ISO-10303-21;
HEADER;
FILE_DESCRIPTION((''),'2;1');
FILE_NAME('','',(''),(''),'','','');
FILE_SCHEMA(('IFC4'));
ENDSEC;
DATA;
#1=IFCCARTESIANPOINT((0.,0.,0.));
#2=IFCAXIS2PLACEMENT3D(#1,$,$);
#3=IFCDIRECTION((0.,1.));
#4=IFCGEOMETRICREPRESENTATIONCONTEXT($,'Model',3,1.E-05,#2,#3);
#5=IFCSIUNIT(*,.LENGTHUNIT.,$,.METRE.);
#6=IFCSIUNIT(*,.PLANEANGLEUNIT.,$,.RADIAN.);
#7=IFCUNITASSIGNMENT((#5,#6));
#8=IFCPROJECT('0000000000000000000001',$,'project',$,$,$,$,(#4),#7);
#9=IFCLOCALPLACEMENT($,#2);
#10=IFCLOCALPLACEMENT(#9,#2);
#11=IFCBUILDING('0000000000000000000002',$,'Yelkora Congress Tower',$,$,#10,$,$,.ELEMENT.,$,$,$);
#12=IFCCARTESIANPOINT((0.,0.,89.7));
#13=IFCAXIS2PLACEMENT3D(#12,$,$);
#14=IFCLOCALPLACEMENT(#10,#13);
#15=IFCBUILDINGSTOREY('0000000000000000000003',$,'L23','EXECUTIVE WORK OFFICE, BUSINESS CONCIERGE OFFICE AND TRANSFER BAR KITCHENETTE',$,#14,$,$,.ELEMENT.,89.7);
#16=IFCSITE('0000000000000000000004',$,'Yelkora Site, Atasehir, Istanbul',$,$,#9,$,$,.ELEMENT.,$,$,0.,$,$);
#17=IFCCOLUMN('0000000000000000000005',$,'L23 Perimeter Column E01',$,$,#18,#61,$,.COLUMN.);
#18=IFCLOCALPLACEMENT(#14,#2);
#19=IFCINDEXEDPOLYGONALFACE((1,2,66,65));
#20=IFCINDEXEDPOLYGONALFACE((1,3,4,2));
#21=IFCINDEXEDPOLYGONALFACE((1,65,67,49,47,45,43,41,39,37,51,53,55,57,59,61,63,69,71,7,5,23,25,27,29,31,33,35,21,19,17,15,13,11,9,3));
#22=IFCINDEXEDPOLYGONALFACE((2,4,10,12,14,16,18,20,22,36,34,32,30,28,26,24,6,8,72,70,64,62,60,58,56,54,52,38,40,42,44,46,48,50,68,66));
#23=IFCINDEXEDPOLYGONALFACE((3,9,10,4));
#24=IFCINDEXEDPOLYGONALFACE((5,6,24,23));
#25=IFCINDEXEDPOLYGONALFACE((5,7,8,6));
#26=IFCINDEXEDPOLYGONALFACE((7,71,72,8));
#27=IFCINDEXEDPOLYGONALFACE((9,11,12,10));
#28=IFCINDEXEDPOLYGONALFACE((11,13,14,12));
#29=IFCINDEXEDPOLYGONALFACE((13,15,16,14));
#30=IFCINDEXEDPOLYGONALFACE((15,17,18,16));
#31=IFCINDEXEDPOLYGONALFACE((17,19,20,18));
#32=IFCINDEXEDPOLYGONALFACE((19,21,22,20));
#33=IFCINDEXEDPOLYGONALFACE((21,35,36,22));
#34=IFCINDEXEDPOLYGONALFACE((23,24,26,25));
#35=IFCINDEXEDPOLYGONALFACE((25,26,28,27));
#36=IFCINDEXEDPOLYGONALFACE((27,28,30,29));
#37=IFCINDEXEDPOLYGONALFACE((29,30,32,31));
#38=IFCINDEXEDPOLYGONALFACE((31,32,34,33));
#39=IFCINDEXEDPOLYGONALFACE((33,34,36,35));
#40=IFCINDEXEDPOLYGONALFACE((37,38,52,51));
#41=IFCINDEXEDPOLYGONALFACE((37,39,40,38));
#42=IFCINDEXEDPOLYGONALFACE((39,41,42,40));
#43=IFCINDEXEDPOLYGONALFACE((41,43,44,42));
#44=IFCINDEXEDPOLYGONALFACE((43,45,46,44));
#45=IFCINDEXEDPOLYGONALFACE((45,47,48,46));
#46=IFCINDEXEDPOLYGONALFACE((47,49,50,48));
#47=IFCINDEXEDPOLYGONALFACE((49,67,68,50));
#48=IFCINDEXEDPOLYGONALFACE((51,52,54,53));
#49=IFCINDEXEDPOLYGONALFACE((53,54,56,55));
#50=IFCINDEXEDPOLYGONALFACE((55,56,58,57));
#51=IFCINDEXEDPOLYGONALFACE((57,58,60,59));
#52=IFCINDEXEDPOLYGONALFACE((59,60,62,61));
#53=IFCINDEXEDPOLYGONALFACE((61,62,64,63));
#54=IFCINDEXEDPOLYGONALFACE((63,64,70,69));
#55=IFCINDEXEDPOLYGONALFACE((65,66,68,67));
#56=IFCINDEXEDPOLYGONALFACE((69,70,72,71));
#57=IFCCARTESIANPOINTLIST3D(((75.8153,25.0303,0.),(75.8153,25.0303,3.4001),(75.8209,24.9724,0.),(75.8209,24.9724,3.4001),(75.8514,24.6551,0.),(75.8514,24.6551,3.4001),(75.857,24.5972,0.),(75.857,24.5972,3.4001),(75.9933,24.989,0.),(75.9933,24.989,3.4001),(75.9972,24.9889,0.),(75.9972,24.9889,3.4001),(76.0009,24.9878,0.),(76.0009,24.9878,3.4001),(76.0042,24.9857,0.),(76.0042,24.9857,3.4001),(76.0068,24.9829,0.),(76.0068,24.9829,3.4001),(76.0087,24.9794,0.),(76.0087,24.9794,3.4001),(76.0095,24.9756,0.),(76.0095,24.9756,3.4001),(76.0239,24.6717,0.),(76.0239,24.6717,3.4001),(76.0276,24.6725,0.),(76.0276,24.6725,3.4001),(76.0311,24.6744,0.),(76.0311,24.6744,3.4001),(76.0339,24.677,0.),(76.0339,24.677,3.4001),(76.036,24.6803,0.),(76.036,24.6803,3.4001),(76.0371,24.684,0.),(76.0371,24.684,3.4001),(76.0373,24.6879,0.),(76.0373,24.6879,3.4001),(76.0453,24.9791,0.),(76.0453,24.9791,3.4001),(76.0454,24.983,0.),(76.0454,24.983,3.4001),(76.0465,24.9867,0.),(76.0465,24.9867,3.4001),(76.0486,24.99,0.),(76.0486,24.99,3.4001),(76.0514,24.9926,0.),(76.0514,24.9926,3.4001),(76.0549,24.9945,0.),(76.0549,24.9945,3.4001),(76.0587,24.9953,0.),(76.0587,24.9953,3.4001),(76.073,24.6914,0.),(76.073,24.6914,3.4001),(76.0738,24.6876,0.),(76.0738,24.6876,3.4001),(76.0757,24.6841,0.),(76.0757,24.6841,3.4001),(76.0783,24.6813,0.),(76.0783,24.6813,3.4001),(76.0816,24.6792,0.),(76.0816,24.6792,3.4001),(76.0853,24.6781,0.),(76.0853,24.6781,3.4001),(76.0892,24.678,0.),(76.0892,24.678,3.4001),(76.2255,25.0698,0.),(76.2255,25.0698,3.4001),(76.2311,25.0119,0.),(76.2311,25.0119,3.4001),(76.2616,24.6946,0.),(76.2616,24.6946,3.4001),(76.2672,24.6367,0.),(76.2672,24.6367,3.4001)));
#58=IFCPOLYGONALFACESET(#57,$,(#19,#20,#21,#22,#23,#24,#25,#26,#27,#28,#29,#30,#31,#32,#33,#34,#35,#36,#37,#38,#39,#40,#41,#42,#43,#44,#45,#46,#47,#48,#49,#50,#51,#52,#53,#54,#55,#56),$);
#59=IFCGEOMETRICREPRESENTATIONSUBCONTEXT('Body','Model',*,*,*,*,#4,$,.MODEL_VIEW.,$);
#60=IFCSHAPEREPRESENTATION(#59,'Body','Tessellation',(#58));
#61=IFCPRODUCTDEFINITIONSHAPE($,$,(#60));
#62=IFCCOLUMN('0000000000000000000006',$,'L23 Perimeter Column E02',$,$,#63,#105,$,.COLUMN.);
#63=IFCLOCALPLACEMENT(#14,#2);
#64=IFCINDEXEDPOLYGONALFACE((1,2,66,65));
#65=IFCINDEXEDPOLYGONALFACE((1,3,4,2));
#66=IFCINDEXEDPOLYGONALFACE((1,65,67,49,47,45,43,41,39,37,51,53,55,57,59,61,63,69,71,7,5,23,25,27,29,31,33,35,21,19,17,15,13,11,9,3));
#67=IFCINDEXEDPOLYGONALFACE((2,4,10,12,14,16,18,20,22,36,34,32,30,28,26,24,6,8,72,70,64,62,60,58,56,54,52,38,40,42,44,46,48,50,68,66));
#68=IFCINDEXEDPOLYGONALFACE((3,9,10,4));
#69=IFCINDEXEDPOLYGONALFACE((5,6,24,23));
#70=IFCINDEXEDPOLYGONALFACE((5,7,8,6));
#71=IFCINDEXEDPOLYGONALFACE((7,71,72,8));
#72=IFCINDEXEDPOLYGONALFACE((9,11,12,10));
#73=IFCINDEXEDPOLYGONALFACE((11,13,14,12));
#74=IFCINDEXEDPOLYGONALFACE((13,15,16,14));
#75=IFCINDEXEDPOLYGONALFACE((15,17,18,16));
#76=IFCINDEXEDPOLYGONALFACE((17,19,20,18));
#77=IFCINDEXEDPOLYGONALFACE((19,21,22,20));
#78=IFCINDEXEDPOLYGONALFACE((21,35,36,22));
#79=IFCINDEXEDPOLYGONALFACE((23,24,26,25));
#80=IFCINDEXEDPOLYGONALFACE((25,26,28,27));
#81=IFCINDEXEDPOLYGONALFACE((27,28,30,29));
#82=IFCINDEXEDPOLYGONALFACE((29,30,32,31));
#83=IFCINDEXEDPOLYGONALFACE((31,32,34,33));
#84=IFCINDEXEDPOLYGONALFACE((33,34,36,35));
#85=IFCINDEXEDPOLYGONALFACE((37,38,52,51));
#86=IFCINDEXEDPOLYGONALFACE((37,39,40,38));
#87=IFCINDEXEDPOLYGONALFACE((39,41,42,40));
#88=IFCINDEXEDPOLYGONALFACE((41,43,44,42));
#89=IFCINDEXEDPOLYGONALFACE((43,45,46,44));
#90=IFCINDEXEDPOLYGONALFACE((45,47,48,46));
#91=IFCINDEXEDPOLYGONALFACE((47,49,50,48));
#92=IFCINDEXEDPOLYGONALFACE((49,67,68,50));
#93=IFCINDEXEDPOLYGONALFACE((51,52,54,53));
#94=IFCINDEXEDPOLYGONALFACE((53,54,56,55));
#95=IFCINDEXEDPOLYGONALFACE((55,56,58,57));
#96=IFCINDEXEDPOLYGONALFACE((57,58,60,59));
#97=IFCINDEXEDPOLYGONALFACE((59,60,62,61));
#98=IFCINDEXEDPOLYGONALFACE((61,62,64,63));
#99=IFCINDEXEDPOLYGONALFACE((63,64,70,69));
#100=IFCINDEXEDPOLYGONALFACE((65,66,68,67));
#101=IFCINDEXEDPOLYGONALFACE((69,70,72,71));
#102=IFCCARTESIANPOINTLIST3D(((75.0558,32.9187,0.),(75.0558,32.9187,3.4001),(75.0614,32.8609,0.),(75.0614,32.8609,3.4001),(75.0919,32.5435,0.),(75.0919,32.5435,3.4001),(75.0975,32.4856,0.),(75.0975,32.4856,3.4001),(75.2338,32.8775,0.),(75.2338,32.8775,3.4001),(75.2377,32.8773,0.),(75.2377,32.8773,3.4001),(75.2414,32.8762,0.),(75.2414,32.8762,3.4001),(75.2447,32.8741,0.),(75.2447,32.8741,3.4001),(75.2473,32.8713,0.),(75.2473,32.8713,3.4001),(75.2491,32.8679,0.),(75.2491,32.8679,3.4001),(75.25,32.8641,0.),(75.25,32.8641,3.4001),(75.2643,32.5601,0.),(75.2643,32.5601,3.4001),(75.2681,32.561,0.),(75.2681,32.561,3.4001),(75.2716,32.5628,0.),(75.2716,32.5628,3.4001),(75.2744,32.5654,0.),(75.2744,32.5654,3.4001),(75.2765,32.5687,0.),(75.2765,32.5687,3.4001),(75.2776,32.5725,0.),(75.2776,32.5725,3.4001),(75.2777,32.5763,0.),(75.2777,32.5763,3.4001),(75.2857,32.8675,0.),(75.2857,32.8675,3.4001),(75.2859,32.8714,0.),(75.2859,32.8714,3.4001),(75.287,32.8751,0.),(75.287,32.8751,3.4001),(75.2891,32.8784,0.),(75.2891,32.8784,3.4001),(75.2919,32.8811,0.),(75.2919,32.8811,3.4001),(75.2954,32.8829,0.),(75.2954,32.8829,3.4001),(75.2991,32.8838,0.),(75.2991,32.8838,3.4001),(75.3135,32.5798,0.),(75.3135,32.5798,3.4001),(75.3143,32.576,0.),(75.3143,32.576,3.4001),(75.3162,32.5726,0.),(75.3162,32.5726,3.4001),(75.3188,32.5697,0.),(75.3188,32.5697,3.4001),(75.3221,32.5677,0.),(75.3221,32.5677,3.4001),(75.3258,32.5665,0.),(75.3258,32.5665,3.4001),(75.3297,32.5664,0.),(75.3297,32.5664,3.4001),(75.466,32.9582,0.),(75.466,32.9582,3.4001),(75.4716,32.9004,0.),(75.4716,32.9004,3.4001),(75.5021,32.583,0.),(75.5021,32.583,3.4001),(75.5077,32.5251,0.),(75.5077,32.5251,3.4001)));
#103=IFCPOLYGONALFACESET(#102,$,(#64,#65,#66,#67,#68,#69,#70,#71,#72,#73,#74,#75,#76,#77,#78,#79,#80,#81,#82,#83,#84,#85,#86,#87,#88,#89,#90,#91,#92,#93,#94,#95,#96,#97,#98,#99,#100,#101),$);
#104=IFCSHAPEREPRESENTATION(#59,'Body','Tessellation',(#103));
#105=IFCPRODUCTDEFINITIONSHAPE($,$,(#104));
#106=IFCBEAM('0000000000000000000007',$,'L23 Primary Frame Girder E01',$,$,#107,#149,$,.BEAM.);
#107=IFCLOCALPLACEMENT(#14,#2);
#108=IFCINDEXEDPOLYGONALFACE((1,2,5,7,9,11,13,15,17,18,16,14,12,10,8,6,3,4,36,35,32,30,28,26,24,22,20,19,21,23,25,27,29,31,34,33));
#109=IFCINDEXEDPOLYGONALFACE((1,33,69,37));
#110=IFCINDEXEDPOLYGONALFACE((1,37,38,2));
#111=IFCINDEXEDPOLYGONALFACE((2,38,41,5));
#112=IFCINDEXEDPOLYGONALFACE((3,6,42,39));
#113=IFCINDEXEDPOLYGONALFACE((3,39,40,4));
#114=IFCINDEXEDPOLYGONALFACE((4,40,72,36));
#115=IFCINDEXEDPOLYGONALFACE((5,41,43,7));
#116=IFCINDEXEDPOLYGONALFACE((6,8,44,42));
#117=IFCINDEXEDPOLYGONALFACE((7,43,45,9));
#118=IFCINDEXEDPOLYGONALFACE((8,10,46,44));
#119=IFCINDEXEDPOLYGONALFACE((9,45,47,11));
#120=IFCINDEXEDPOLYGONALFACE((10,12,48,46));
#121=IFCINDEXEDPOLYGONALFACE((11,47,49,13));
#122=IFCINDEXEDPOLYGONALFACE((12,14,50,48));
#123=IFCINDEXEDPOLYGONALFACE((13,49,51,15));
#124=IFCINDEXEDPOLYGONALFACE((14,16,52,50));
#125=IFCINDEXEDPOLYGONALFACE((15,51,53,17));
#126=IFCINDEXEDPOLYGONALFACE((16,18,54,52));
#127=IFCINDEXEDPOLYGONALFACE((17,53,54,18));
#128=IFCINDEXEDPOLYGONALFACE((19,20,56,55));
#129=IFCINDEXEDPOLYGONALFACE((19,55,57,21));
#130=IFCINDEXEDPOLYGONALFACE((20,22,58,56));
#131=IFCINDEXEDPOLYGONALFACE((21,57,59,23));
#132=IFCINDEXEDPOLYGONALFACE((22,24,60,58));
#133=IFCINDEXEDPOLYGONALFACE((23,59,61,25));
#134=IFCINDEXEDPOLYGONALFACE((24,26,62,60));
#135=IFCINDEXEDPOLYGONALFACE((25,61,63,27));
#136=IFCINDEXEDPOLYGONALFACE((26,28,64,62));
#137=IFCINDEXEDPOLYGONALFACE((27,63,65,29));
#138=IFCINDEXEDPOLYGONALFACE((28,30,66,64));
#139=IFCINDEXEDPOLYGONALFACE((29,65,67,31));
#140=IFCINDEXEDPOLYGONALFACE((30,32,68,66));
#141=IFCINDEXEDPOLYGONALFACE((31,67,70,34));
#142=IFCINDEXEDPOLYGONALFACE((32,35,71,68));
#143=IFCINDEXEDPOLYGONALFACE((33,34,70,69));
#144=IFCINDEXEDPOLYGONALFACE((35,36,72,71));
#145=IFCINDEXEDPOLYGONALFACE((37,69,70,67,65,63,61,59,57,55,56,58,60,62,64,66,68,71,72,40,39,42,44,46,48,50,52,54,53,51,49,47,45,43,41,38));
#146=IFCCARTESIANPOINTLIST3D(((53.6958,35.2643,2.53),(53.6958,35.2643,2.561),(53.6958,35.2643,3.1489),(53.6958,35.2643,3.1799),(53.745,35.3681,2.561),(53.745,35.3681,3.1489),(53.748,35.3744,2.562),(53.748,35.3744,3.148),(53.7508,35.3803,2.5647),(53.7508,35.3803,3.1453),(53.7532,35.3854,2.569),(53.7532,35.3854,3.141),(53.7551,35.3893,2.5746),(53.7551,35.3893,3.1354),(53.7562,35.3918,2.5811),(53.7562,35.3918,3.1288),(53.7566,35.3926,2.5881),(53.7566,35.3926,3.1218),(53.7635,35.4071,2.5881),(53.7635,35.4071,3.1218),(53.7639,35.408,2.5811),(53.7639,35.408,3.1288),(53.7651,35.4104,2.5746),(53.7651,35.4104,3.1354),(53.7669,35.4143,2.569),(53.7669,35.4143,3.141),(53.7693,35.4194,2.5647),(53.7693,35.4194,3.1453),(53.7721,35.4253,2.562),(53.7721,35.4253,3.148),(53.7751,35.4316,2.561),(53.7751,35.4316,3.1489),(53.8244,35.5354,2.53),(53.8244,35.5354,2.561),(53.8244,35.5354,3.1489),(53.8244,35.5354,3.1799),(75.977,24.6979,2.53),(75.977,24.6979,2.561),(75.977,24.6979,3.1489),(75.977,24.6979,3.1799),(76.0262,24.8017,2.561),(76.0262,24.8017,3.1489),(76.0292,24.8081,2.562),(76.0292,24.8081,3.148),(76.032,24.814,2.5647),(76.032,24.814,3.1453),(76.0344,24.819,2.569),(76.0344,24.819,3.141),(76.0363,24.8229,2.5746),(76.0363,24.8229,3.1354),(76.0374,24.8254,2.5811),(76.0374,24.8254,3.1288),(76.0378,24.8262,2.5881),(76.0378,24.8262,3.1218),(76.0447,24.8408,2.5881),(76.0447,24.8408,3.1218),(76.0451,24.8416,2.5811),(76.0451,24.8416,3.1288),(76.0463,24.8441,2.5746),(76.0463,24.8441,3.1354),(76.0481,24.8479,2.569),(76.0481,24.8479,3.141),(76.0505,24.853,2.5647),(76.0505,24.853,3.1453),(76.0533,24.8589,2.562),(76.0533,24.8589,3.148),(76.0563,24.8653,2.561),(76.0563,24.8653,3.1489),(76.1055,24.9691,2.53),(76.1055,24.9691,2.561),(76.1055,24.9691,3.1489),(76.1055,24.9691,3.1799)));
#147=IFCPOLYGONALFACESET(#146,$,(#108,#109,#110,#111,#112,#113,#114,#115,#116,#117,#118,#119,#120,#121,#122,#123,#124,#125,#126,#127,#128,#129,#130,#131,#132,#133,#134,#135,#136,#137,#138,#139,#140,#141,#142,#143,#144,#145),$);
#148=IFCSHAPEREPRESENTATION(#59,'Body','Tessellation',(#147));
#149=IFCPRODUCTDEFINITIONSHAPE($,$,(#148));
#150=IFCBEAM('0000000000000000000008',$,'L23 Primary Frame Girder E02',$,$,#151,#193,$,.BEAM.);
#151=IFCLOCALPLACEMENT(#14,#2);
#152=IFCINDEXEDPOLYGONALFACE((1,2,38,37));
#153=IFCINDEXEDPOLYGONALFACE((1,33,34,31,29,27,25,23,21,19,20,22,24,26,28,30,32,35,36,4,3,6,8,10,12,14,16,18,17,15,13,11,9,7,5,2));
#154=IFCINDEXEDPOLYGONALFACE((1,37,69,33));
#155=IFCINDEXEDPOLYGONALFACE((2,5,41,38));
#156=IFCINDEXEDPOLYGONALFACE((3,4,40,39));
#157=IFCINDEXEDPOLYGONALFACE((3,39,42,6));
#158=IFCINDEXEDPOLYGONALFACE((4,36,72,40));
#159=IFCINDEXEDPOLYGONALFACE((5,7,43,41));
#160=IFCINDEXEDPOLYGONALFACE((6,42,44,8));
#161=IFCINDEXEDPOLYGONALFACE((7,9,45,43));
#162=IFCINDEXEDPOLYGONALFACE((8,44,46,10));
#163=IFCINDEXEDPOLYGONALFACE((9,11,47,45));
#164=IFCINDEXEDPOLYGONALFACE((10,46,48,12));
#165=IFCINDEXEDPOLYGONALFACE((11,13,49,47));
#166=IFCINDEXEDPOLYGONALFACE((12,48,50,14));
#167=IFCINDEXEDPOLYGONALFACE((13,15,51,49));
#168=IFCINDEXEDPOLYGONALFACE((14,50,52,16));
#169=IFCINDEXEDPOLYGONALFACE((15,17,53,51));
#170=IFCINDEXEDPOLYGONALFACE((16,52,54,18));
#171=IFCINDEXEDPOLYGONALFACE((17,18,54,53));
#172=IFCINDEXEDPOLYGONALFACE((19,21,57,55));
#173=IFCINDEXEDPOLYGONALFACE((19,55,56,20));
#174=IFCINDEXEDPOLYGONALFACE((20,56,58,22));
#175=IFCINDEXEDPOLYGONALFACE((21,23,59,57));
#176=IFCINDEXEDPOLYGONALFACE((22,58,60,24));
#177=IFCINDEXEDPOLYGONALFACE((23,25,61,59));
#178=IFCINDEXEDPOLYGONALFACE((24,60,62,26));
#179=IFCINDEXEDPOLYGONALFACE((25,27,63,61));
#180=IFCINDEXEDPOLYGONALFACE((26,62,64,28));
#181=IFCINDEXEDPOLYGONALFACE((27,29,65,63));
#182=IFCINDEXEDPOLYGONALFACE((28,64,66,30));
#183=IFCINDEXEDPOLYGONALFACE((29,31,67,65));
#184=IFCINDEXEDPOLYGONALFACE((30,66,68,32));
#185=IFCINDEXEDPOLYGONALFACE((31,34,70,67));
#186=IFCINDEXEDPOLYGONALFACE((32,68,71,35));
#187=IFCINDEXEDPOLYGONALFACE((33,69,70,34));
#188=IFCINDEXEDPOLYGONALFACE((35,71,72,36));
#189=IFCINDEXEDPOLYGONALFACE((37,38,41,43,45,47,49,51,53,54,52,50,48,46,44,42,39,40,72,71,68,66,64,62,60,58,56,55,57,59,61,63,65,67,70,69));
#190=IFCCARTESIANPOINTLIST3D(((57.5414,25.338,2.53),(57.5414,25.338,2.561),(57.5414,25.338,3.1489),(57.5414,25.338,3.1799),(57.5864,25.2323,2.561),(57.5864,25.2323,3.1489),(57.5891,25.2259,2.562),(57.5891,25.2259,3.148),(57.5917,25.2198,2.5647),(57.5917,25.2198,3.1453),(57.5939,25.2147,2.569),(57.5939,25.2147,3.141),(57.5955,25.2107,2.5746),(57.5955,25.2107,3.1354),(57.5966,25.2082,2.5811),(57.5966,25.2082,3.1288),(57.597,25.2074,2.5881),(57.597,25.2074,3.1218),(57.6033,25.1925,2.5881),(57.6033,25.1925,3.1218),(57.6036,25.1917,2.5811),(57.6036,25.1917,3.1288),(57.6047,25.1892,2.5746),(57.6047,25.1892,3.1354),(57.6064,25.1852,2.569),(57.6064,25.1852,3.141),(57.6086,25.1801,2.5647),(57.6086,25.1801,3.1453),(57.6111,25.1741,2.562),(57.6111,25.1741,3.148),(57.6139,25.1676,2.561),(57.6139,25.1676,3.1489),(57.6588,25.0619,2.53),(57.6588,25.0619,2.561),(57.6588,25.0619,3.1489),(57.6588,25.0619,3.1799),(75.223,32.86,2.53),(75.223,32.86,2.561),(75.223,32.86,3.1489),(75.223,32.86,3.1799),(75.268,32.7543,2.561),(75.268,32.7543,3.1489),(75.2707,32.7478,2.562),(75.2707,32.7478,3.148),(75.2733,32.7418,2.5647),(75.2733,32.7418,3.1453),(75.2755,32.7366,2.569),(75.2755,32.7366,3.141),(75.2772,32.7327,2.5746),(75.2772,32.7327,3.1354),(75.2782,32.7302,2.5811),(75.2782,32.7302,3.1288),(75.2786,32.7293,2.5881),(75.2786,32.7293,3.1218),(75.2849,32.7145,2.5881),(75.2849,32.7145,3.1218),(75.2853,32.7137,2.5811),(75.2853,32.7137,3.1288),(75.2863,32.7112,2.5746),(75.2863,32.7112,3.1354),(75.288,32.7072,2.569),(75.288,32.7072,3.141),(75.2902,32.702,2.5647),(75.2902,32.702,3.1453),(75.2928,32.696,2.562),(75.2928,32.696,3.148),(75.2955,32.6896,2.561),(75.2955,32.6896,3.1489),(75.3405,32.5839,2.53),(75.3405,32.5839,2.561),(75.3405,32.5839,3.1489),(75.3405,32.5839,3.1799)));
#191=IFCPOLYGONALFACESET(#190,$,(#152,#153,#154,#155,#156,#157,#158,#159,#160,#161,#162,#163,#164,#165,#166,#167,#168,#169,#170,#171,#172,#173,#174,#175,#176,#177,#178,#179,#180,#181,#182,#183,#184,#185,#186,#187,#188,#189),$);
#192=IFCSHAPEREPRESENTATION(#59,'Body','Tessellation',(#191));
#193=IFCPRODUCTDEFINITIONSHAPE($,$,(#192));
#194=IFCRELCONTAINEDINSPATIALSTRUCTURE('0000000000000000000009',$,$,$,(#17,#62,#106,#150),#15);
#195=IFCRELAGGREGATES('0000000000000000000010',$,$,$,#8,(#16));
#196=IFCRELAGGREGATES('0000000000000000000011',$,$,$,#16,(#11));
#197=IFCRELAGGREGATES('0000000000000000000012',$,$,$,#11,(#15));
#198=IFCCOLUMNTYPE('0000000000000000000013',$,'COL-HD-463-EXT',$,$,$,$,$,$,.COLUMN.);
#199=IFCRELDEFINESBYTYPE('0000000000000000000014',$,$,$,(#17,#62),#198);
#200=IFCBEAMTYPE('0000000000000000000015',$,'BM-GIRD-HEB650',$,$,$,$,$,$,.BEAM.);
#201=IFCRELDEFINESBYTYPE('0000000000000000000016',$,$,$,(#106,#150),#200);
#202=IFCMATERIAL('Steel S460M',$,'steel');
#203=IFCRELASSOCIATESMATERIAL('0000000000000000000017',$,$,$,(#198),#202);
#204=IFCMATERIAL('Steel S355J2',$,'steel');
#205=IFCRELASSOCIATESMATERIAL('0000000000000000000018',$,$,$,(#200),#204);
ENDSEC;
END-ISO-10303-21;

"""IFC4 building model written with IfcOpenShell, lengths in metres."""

from ifc_helpers import new_model, si_unit, direction, frame, origin, origin_2d, place, context, subcontext, project, spatial, i_section, extrude, material, material_profile, profile_set, type_object, element, save


model = new_model("IFC4")

# Units and contexts
model_context = context("Model", 3, precision=1e-05, world=origin(), true_north=direction((0.0, 1.0)))
body_context = subcontext(model_context, "Body", "Model", "MODEL_VIEW")
ifc_project = project(units=[si_unit("LENGTHUNIT", "METRE"), si_unit("PLANEANGLEUNIT", "RADIAN")], contexts=[model_context])

# Site, building, storey
site_placement = place(None, origin())
site = spatial("IfcSite", under=ifc_project, at=site_placement, Name="Yelkora Site, Atasehir, Istanbul", CompositionType="ELEMENT", RefElevation=0.0)
building_placement = place(site_placement, origin())
building = spatial("IfcBuilding", under=site, at=building_placement, Name="Yelkora Congress Tower", CompositionType="ELEMENT")
storey_placement = place(building_placement, frame((0.0, 0.0, 89.7)))
storey = spatial("IfcBuildingStorey", under=building, at=storey_placement, Name="L23", Description="EXECUTIVE WORK OFFICE, BUSINESS CONCIERGE OFFICE AND TRANSFER BAR KITCHENETTE", CompositionType="ELEMENT", Elevation=89.7)

# Columns
ifc_material_1 = material(Name="Steel S460M", Category="steel")
ifc_material_profile_1 = material_profile(ifc_material_1, i_section(OverallWidth=0.4121, OverallDepth=0.4351, WebThickness=0.0359, FlangeThickness=0.0581, FilletRadius=0.0149, at=origin_2d()), Name="HD 400x463")
ifc_profile_set_1 = profile_set([ifc_material_profile_1], Name="Steel S460M")
column_type = type_object("IfcColumnType", Name="COL-HD-463-EXT", PredefinedType="COLUMN", material=ifc_profile_set_1)
for number, where, z_axis, x_axis, name in (
    (1, (76.0413, 24.8335, 0.0), (0.0, 0.0, 1.0), (0.995396, 0.095846, 0.0), "L23 Perimeter Column E01"),
    (2, (75.2817, 32.7219, 0.0), (0.0, 0.0, 1.0), (0.995396, 0.095846, 0.0), "L23 Perimeter Column E02"),
):
    element("IfcColumn", number, at=place(storey_placement, frame(where, z_axis=z_axis, x_axis=x_axis)), inside=storey, type_object=column_type, Name=name, PredefinedType="COLUMN", context=body_context, shape_type="SweptSolid", body=[
        extrude(i_section(OverallWidth=0.4121, OverallDepth=0.4351, WebThickness=0.0359, FlangeThickness=0.0581, FilletRadius=0.0149, at=origin_2d()), origin(), (0.0, 0.0, 1.0), 3.4001),
    ])

# Beams
ifc_material_2 = material(Name="Steel S355J2", Category="steel")
ifc_material_profile_2 = material_profile(ifc_material_2, i_section(OverallWidth=0.3, OverallDepth=0.6499, WebThickness=0.0161, FlangeThickness=0.031, FilletRadius=0.0271, at=origin_2d()), Name="HEB 650")
ifc_profile_set_2 = profile_set([ifc_material_profile_2], Name="Steel S355J2")
beam_type_1 = type_object("IfcBeamType", Name="BM-GIRD-HEB650", PredefinedType="BEAM", material=ifc_profile_set_2)
beam_1_placement = place(storey_placement, frame((76.0413, 24.8335, 2.855), z_axis=(-0.903547, 0.428488, 0.0), x_axis=(-0.428488, -0.903547, 0.0)))
element("IfcBeam", 3, at=beam_1_placement, inside=storey, type_object=beam_type_1, Name="L23 Primary Frame Girder E01", PredefinedType="BEAM", context=body_context, shape_type="SweptSolid", body=[
    extrude(i_section(OverallWidth=0.3, OverallDepth=0.6499, WebThickness=0.0161, FlangeThickness=0.031, FilletRadius=0.0271, at=origin_2d()), origin(), (0.0, 0.0, 1.0), 24.6597),
])
beam_2_placement = place(storey_placement, frame((75.2817, 32.7219, 2.855), z_axis=(-0.920195, -0.391461, 0.0), x_axis=(0.391461, -0.920195, 0.0)))
element("IfcBeam", 4, at=beam_2_placement, inside=storey, type_object=beam_type_1, Name="L23 Primary Frame Girder E02", PredefinedType="BEAM", context=body_context, shape_type="SweptSolid", body=[
    extrude(i_section(OverallWidth=0.3, OverallDepth=0.6499, WebThickness=0.0161, FlangeThickness=0.031, FilletRadius=0.0271, at=origin_2d()), origin(), (0.0, 0.0, 1.0), 19.2151),
])

save(model, "model.ifc")
